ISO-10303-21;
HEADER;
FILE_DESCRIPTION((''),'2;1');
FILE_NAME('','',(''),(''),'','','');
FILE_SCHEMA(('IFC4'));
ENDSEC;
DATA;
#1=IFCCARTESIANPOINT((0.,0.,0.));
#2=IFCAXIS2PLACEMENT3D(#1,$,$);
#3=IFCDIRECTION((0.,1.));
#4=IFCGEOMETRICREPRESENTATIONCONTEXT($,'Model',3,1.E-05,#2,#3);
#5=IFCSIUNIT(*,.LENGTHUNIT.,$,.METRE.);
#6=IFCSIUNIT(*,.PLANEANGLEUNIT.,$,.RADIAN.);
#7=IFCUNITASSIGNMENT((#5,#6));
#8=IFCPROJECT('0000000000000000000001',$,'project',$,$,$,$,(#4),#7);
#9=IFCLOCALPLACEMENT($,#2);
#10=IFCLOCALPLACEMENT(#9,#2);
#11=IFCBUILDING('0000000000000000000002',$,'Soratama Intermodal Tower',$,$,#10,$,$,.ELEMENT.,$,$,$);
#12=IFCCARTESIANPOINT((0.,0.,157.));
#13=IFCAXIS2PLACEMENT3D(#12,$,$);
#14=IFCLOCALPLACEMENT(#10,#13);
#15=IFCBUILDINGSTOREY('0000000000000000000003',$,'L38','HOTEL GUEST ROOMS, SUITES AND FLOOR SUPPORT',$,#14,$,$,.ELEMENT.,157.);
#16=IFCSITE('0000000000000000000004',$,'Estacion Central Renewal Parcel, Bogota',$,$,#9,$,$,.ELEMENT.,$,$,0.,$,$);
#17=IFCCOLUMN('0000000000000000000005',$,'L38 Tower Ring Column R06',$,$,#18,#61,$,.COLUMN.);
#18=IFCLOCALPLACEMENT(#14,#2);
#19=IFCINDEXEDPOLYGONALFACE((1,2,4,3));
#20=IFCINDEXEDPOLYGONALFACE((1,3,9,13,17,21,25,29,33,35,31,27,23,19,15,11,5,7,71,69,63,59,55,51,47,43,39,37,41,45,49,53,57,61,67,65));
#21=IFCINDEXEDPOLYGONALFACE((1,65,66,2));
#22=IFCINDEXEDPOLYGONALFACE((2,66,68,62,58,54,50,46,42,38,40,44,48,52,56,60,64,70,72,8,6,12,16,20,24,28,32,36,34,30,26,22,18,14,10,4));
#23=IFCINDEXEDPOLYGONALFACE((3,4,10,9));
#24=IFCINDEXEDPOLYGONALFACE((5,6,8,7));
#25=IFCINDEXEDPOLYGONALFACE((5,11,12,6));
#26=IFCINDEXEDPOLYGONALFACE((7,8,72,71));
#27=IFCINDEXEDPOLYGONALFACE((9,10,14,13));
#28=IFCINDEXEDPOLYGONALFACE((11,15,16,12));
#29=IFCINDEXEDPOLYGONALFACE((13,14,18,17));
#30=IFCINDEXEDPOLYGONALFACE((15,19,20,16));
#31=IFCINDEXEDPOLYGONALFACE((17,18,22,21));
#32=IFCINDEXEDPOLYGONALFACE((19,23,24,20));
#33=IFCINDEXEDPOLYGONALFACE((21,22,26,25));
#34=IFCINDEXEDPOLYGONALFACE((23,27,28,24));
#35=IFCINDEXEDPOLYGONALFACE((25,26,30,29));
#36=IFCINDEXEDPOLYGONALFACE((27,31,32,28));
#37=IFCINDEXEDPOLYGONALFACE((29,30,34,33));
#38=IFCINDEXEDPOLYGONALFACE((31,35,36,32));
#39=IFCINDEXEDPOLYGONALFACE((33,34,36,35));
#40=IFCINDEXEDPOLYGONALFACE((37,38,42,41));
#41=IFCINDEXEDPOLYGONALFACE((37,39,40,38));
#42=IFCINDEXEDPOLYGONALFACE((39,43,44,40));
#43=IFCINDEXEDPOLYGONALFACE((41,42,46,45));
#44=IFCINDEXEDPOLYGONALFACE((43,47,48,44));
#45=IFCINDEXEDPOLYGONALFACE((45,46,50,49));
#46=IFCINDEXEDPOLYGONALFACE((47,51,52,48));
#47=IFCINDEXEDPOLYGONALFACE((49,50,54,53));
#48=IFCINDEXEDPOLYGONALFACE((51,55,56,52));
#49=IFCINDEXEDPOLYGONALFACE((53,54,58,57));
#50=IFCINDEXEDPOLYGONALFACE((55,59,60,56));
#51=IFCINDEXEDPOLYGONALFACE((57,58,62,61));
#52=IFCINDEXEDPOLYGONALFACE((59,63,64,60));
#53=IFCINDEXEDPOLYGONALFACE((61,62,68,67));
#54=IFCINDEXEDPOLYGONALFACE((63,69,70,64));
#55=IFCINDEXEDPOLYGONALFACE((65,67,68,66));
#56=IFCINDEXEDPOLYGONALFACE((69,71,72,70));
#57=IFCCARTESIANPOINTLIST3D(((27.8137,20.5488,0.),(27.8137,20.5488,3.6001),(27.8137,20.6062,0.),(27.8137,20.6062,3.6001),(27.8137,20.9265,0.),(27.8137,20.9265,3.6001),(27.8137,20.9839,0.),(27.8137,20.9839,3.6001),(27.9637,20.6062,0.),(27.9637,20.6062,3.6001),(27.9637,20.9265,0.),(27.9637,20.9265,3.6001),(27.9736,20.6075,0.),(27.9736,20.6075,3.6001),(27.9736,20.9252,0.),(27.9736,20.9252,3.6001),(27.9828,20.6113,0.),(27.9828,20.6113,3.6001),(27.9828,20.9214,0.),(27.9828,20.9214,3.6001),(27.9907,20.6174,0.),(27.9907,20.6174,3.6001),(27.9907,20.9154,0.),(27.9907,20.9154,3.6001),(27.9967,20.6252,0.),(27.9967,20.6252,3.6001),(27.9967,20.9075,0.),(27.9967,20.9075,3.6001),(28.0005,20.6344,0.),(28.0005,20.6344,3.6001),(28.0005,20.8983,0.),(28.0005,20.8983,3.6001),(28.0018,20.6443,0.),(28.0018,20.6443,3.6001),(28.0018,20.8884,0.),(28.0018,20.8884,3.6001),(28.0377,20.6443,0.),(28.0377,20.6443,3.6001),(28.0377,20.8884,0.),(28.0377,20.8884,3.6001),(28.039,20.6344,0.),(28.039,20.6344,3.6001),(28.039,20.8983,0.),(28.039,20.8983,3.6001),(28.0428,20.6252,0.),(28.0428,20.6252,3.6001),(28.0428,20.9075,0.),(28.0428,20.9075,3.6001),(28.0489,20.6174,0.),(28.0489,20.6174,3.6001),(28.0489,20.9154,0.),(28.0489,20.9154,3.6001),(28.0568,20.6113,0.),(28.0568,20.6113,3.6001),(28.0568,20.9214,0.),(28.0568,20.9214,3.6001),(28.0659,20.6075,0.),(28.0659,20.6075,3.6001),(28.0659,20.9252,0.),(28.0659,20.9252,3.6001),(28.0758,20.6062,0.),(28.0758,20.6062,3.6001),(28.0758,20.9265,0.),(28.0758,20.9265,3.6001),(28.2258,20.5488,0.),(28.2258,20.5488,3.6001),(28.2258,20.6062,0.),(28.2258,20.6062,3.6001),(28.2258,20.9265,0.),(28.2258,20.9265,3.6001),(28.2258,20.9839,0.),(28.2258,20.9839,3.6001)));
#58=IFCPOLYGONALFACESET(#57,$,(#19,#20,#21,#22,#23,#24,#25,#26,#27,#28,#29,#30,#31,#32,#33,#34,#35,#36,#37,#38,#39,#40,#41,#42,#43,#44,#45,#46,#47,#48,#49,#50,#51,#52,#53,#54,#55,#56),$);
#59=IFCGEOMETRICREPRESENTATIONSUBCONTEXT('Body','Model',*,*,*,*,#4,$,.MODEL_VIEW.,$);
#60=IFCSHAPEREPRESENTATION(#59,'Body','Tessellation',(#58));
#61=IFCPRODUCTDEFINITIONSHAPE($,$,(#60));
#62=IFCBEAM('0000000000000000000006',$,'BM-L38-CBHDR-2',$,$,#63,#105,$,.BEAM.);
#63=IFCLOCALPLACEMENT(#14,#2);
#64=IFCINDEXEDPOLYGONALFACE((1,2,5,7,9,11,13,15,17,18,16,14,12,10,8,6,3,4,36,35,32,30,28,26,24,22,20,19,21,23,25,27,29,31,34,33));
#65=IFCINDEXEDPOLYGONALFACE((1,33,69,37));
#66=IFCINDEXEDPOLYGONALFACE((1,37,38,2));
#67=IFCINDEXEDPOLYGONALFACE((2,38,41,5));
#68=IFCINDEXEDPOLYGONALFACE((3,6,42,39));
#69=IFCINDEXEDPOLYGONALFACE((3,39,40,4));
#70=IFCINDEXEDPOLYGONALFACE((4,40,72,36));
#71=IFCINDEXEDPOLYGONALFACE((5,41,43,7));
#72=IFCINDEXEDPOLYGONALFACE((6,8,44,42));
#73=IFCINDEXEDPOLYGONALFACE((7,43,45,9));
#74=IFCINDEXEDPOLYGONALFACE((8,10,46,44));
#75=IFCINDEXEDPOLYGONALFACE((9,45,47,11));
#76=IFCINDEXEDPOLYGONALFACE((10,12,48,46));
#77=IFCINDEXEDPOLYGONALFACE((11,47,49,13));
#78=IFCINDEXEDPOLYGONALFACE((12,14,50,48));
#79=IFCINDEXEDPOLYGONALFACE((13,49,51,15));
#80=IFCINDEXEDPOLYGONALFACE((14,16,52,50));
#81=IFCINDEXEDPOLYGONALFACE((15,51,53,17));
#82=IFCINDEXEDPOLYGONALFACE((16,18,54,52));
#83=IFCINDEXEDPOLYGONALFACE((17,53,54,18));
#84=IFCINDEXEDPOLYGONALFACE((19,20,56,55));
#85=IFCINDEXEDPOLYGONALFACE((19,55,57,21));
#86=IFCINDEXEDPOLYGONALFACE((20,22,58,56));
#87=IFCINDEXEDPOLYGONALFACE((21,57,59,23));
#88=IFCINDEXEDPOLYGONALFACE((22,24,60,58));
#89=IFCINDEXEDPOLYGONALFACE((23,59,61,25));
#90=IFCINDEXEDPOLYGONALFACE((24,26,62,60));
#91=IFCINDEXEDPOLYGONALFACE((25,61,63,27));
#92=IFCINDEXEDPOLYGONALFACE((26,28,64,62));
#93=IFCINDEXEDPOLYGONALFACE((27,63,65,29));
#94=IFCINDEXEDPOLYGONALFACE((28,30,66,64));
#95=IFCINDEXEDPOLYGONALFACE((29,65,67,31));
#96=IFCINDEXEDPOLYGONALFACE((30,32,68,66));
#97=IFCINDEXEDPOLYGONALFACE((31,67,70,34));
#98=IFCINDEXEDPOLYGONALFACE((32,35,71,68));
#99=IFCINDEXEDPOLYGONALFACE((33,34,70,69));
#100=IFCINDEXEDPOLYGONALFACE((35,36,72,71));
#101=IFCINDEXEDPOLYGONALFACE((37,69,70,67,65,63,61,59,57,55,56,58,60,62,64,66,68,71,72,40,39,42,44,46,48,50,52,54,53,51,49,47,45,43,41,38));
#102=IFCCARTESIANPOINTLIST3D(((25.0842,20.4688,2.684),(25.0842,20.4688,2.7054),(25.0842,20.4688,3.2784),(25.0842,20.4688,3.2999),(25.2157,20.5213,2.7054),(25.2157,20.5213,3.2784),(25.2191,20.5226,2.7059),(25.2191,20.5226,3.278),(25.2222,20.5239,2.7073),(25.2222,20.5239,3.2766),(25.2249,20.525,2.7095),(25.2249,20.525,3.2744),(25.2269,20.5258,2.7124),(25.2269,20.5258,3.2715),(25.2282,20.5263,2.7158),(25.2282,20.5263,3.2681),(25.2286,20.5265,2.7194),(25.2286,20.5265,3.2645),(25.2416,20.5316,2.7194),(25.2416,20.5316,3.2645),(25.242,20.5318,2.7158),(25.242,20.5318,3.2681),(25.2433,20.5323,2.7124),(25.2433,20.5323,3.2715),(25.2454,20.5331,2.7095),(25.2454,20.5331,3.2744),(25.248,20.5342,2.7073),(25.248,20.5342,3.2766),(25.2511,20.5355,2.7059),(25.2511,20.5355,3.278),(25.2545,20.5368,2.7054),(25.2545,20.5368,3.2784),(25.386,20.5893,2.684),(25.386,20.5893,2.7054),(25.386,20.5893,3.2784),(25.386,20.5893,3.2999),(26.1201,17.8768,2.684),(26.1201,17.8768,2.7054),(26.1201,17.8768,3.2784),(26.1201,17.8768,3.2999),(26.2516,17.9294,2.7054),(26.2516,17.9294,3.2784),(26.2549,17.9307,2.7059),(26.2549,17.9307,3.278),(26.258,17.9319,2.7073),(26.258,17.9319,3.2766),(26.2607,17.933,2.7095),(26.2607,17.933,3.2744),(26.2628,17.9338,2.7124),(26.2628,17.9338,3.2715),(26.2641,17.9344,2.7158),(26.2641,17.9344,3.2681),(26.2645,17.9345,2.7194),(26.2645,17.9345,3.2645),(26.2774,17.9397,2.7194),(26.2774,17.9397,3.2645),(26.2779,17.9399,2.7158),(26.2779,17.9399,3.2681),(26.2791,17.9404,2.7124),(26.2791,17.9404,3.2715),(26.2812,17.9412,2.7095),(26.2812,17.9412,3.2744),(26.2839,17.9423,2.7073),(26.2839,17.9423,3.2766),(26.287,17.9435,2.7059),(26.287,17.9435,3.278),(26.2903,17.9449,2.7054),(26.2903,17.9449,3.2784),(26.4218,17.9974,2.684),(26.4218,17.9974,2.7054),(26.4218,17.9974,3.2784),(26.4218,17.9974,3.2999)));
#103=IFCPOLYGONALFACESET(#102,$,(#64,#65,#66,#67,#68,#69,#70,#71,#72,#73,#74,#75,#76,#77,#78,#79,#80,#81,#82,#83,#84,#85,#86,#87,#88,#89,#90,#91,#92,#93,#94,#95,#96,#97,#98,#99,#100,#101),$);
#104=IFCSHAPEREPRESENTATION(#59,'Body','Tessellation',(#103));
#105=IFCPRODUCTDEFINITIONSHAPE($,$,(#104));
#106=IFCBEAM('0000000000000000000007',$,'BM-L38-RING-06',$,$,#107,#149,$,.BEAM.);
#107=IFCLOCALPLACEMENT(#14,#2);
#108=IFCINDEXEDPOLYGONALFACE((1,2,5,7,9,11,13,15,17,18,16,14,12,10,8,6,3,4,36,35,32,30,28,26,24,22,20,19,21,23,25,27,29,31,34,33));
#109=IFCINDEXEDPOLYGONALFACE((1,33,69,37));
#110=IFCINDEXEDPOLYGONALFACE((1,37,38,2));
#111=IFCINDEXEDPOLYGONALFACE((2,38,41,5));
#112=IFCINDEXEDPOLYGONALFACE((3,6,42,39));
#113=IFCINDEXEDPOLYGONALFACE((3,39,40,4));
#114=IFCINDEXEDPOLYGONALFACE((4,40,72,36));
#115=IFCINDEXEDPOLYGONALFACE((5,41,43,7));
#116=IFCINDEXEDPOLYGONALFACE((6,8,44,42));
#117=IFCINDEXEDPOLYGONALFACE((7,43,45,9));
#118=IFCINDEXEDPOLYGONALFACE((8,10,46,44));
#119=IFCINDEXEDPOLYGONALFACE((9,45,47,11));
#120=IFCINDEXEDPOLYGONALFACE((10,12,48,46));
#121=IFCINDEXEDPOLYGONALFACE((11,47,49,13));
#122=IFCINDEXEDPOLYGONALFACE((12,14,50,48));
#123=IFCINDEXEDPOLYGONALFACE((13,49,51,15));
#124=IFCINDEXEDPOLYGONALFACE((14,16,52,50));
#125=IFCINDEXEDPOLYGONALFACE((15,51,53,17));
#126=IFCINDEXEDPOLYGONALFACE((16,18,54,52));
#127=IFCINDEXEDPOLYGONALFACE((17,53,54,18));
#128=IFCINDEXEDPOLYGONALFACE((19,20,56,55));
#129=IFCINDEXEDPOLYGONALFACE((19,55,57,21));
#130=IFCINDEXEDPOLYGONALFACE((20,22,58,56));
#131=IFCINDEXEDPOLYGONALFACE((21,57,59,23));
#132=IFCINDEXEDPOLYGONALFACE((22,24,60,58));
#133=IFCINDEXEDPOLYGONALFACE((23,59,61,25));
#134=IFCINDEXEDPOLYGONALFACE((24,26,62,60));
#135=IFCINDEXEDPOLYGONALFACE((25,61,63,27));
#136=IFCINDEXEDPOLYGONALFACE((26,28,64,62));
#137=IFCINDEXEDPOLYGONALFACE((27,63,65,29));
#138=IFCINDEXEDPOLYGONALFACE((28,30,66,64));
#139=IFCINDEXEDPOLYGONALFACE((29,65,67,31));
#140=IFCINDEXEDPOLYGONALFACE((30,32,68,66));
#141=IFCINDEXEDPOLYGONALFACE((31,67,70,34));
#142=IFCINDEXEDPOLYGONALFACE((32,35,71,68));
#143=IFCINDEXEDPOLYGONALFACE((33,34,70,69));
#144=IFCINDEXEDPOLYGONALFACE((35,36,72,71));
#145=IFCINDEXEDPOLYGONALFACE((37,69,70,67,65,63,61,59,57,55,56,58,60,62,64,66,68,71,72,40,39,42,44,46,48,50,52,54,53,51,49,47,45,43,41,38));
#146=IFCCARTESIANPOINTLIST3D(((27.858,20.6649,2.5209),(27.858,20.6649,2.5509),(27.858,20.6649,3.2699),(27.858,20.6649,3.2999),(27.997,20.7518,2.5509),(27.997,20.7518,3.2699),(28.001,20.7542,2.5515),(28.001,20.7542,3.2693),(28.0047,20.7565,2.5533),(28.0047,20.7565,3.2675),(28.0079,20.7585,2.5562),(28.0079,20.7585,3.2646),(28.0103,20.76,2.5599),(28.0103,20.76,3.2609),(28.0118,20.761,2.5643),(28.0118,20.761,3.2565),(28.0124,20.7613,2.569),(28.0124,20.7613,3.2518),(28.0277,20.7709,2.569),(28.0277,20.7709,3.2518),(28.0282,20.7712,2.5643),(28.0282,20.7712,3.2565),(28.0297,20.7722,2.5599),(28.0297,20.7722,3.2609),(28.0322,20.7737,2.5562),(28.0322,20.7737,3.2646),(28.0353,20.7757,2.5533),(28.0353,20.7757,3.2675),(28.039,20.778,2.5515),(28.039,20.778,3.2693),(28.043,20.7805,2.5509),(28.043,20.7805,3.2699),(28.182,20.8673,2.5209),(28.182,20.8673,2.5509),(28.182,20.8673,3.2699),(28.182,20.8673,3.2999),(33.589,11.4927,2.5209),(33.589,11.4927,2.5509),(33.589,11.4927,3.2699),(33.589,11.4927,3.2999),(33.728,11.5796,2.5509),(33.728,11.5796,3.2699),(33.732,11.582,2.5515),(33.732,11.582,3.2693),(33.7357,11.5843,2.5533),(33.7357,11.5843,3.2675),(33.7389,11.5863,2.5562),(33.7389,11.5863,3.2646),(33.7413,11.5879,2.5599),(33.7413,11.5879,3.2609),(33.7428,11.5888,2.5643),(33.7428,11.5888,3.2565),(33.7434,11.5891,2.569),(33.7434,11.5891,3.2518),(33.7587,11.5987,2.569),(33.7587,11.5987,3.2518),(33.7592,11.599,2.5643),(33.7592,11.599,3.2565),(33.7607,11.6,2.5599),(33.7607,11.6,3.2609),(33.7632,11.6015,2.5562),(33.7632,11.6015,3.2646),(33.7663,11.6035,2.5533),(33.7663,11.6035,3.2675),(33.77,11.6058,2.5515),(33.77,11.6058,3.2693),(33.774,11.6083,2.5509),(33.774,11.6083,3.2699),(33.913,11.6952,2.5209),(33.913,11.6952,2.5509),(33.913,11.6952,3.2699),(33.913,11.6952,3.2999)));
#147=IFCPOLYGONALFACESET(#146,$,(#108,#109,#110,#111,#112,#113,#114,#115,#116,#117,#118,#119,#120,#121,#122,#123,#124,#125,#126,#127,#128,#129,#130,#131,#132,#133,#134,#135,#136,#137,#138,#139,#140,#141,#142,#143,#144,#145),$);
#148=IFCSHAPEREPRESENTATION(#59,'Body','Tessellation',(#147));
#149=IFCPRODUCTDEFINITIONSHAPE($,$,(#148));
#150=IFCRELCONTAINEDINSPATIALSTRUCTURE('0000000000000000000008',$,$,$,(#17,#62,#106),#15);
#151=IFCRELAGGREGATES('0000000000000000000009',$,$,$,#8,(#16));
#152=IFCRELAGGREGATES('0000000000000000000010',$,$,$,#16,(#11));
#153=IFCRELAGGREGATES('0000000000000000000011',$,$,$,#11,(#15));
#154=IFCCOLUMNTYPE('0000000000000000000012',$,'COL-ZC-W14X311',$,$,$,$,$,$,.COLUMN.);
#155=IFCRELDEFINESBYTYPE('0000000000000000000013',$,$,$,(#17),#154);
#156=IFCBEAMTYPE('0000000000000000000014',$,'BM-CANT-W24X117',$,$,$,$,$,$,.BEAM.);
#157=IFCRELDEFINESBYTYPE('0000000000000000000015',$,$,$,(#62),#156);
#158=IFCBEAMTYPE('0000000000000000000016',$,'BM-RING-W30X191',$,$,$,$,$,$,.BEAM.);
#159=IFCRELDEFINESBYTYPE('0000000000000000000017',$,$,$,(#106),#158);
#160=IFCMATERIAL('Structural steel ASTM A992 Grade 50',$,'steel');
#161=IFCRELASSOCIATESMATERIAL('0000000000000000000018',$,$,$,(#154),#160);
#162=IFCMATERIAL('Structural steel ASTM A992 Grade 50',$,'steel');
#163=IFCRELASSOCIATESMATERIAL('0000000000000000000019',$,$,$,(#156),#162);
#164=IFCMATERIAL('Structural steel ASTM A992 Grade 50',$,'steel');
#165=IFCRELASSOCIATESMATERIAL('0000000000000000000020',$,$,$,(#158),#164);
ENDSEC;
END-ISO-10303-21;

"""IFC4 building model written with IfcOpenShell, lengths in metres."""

from ifc_helpers import new_model, si_unit, direction, frame, origin, origin_2d, place, context, subcontext, project, spatial, i_section, extrude, material, material_profile, profile_set, type_object, element, save


model = new_model("IFC4")

# Units and contexts
model_context = context("Model", 3, precision=1e-05, world=origin(), true_north=direction((0.0, 1.0)))
body_context = subcontext(model_context, "Body", "Model", "MODEL_VIEW")
ifc_project = project(units=[si_unit("LENGTHUNIT", "METRE"), si_unit("PLANEANGLEUNIT", "RADIAN")], contexts=[model_context])

# Site, building, storey
site_placement = place(None, origin())
site = spatial("IfcSite", under=ifc_project, at=site_placement, Name="Estacion Central Renewal Parcel, Bogota", CompositionType="ELEMENT", RefElevation=0.0)
building_placement = place(site_placement, origin())
building = spatial("IfcBuilding", under=site, at=building_placement, Name="Soratama Intermodal Tower", CompositionType="ELEMENT")
storey_placement = place(building_placement, frame((0.0, 0.0, 157.0)))
storey = spatial("IfcBuildingStorey", under=building, at=storey_placement, Name="L38", Description="HOTEL GUEST ROOMS, SUITES AND FLOOR SUPPORT", CompositionType="ELEMENT", Elevation=157.0)

# Column
ifc_material_1 = material(Name="Structural steel ASTM A992 Grade 50", Category="steel")
ifc_material_profile_1 = material_profile(ifc_material_1, i_section(OverallWidth=0.4121, OverallDepth=0.4351, WebThickness=0.0359, FlangeThickness=0.0574, FilletRadius=0.0381, at=origin_2d()), Name="W14X311")
ifc_profile_set_1 = profile_set([ifc_material_profile_1], Name="Structural steel ASTM A992 Grade 50")
column_type = type_object("IfcColumnType", Name="COL-ZC-W14X311", PredefinedType="COLUMN", material=ifc_profile_set_1)
column_placement = place(storey_placement, frame((28.0198, 20.7664, 0.0), z_axis=(0.0, 0.0, 1.0), x_axis=(1.0, 0.0, 0.0)))
element("IfcColumn", 1, at=column_placement, inside=storey, type_object=column_type, Name="L38 Tower Ring Column R06", PredefinedType="COLUMN", context=body_context, shape_type="SweptSolid", body=[
    extrude(i_section(OverallWidth=0.4121, OverallDepth=0.4351, WebThickness=0.0359, FlangeThickness=0.0574, FilletRadius=0.0381, at=origin_2d()), origin(), (0.0, 0.0, 1.0), 3.6001),
])

# Beams
ifc_material_2 = material(Name="Structural steel ASTM A992 Grade 50", Category="steel")
ifc_material_profile_2 = material_profile(ifc_material_2, i_section(OverallWidth=0.325, OverallDepth=0.616, WebThickness=0.0139, FlangeThickness=0.0215, FilletRadius=0.0139, at=origin_2d()), Name="W24X117")
ifc_profile_set_2 = profile_set([ifc_material_profile_2], Name="Structural steel ASTM A992 Grade 50")
beam_type_1 = type_object("IfcBeamType", Name="BM-CANT-W24X117", PredefinedType="BEAM", material=ifc_profile_set_2)
beam_1_placement = place(storey_placement, frame((25.2351, 20.5291, 2.9919), z_axis=(0.371104, -0.928591, 0.0), x_axis=(0.928591, 0.371104, 0.0)))
element("IfcBeam", 2, at=beam_1_placement, inside=storey, type_object=beam_type_1, Name="BM-L38-CBHDR-2", PredefinedType="BEAM", context=body_context, shape_type="SweptSolid", body=[
    extrude(i_section(OverallWidth=0.325, OverallDepth=0.616, WebThickness=0.0139, FlangeThickness=0.0215, FilletRadius=0.0139, at=origin_2d()), origin(), (0.0, 0.0, 1.0), 2.7913),
])
ifc_material_3 = material(Name="Structural steel ASTM A992 Grade 50", Category="steel")
ifc_material_profile_3 = material_profile(ifc_material_3, i_section(OverallWidth=0.3821, OverallDepth=0.7791, WebThickness=0.0181, FlangeThickness=0.03, FilletRadius=0.0181, at=origin_2d()), Name="W30X191")
ifc_profile_set_3 = profile_set([ifc_material_profile_3], Name="Structural steel ASTM A992 Grade 50")
beam_type_2 = type_object("IfcBeamType", Name="BM-RING-W30X191", PredefinedType="BEAM", material=ifc_profile_set_3)
beam_2_placement = place(storey_placement, frame((28.02, 20.7661, 2.9104), z_axis=(0.529891, -0.848066, 0.0), x_axis=(0.848066, 0.529891, 0.0)))
element("IfcBeam", 3, at=beam_2_placement, inside=storey, type_object=beam_type_2, Name="BM-L38-RING-06", PredefinedType="BEAM", context=body_context, shape_type="SweptSolid", body=[
    extrude(i_section(OverallWidth=0.3821, OverallDepth=0.7791, WebThickness=0.0181, FlangeThickness=0.03, FilletRadius=0.0181, at=origin_2d()), origin(), (0.0, 0.0, 1.0), 10.8154),
])

save(model, "model.ifc")
